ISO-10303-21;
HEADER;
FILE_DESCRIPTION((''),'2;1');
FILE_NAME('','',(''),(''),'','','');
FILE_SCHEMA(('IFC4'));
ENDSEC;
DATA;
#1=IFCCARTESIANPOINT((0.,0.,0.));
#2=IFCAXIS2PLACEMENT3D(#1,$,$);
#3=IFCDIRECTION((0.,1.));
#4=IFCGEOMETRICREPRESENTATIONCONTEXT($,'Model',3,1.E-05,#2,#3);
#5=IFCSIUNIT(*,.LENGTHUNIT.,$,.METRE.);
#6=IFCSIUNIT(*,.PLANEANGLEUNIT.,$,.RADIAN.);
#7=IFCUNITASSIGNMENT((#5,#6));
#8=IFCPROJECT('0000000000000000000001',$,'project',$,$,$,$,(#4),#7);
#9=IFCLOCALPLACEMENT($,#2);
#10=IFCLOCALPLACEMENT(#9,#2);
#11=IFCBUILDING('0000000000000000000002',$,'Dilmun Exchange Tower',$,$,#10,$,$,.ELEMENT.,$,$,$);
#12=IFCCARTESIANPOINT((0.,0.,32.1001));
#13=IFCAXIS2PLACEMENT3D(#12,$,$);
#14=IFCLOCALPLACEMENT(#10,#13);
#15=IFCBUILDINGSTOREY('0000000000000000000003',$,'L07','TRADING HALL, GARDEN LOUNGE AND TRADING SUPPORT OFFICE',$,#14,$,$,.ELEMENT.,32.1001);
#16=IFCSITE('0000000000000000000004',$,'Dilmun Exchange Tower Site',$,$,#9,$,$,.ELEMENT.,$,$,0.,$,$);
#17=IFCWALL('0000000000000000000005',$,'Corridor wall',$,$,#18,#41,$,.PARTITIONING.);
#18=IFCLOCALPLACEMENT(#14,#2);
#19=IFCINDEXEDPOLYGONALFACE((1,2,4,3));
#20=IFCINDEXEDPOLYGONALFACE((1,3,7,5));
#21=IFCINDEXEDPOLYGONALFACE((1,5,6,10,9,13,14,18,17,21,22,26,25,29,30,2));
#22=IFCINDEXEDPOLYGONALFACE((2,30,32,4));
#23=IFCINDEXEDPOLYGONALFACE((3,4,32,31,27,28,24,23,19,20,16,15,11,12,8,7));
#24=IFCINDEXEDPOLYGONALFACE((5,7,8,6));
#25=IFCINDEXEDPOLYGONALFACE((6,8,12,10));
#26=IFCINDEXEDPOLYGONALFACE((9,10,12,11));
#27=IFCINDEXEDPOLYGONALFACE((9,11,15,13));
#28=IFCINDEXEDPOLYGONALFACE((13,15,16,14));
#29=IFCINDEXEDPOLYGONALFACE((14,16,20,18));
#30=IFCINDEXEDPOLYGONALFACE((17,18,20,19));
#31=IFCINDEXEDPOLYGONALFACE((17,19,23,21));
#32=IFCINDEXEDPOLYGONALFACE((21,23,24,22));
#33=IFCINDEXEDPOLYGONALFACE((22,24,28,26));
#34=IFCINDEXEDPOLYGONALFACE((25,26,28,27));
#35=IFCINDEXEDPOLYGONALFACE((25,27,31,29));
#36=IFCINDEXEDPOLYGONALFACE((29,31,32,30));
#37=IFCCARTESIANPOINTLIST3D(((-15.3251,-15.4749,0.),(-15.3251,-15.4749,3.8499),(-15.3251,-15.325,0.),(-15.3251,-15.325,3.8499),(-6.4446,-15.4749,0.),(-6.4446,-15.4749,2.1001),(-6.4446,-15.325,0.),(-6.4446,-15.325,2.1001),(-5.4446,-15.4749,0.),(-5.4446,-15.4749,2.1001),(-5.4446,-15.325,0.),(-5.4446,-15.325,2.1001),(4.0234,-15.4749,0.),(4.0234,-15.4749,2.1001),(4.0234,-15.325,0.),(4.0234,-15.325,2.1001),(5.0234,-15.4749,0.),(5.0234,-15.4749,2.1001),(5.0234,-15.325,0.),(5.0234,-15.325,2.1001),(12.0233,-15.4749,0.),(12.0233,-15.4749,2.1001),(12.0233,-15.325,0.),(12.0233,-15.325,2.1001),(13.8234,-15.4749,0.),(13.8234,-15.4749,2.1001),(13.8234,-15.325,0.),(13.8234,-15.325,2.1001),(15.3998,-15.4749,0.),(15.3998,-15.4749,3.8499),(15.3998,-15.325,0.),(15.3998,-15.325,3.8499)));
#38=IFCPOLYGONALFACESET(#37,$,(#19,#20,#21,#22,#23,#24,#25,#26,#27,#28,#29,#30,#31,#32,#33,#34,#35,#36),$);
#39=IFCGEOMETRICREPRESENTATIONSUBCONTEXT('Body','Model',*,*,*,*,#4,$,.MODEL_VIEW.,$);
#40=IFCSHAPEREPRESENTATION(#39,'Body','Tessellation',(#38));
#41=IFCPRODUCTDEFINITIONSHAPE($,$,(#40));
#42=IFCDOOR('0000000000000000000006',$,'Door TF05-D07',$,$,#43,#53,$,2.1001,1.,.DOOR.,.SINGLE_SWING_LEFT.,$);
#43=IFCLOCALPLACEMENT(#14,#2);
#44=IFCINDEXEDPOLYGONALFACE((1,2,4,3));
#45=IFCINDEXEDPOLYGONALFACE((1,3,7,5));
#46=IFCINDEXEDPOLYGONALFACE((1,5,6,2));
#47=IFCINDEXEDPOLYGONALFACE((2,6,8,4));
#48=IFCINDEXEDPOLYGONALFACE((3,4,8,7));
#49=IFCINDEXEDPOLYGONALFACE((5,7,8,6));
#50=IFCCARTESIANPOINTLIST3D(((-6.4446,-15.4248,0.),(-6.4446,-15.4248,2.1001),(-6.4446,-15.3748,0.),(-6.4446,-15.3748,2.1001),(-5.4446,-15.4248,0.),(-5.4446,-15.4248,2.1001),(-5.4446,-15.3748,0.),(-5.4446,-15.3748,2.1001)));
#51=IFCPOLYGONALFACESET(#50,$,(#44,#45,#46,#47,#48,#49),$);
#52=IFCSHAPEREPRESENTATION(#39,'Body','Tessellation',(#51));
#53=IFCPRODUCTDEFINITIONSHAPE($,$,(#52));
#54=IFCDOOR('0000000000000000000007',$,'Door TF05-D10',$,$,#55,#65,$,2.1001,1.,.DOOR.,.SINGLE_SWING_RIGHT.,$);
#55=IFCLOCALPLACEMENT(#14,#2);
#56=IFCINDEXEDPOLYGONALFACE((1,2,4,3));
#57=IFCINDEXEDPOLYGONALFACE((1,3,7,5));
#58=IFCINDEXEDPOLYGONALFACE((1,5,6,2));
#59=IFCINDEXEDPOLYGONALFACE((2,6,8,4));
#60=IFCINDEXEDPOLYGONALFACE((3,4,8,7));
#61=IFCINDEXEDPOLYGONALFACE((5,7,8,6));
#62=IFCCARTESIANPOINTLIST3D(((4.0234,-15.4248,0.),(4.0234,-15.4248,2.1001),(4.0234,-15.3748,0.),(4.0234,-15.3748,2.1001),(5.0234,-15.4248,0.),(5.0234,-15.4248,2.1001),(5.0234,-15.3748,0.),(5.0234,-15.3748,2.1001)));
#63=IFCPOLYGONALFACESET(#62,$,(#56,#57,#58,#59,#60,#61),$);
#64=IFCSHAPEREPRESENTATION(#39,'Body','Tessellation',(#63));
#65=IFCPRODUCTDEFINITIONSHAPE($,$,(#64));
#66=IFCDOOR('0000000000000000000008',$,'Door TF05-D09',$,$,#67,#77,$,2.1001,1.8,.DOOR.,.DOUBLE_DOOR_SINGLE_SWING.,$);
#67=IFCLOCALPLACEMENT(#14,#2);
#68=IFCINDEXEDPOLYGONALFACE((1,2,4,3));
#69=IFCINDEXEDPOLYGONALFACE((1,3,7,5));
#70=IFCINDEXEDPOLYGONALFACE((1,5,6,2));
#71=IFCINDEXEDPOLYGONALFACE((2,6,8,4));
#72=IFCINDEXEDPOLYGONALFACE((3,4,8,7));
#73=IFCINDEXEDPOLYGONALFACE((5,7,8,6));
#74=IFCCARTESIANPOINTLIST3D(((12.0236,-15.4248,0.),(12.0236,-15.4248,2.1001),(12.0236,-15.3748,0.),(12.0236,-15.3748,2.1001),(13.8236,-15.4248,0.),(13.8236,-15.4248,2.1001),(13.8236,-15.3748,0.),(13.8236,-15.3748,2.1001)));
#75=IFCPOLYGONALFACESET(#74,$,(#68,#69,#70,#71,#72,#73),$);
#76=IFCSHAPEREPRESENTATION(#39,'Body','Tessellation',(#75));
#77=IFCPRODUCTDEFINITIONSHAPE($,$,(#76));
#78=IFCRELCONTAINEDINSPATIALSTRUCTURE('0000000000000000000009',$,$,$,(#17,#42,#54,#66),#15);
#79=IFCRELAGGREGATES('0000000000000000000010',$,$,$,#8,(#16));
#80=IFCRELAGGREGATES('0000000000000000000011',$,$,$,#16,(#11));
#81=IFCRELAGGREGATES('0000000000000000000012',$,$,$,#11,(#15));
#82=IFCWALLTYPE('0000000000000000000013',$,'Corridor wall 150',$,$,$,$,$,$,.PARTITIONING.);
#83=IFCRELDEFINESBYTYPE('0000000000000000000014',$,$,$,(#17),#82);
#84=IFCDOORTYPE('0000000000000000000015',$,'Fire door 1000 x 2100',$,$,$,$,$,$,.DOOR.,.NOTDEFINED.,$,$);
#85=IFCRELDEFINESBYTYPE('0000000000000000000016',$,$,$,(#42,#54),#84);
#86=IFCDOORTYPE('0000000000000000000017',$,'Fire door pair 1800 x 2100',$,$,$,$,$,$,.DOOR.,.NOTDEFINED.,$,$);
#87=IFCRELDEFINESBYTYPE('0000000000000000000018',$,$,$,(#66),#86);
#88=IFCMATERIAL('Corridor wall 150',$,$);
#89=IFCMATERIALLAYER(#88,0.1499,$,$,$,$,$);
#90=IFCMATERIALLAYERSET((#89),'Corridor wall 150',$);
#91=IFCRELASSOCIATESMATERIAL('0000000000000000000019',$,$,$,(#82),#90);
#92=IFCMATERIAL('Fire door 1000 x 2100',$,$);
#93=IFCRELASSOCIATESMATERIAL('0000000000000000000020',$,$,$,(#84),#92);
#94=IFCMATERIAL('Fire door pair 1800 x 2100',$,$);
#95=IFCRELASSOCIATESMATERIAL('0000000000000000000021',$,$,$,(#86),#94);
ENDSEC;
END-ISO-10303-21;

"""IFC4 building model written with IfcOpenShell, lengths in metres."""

from ifc_helpers import new_model, si_unit, direction, frame, frame_2d, origin, place, context, subcontext, project, spatial, rectangle, extrude, material, layer, layer_set, type_object, element, fill, save


model = new_model("IFC4")

# Units and contexts
model_context = context("Model", 3, precision=1e-05, world=origin(), true_north=direction((0.0, 1.0)))
body_context = subcontext(model_context, "Body", "Model", "MODEL_VIEW")
ifc_project = project(units=[si_unit("LENGTHUNIT", "METRE"), si_unit("PLANEANGLEUNIT", "RADIAN")], contexts=[model_context])

# Site, building, storey
site_placement = place(None, origin())
site = spatial("IfcSite", under=ifc_project, at=site_placement, Name="Dilmun Exchange Tower Site", CompositionType="ELEMENT", RefElevation=0.0)
building_placement = place(site_placement, origin())
building = spatial("IfcBuilding", under=site, at=building_placement, Name="Dilmun Exchange Tower", CompositionType="ELEMENT")
storey_placement = place(building_placement, frame((0.0, 0.0, 32.1001)))
storey = spatial("IfcBuildingStorey", under=building, at=storey_placement, Name="L07", Description="TRADING HALL, GARDEN LOUNGE AND TRADING SUPPORT OFFICE", CompositionType="ELEMENT", Elevation=32.1001)

# Wall, openings, doors
ifc_material_1 = material(Name="Corridor wall 150")
ifc_layer_1 = layer(ifc_material_1, 0.1499)
ifc_layer_set_1 = layer_set([ifc_layer_1], Name="Corridor wall 150")
wall_type_1 = type_object("IfcWallType", Name="Corridor wall 150", PredefinedType="PARTITIONING", material=ifc_layer_set_1)
ifc_material_2 = material(Name="Fire door 1000 x 2100")
door_type_1 = type_object("IfcDoorType", Name="Fire door 1000 x 2100", OperationType="NOTDEFINED", PredefinedType="DOOR", material=ifc_material_2)
ifc_material_3 = material(Name="Fire door pair 1800 x 2100")
door_type_2 = type_object("IfcDoorType", Name="Fire door pair 1800 x 2100", OperationType="NOTDEFINED", PredefinedType="DOOR", material=ifc_material_3)
wall_1_placement = place(storey_placement, frame((-15.325, -15.3999, 0.0), z_axis=(0.0, 0.0, 1.0), x_axis=(1.0, 0.0, 0.0)))
wall_1 = element("IfcWall", 1, at=wall_1_placement, inside=storey, type_object=wall_type_1, Name="Corridor wall", PredefinedType="PARTITIONING", context=body_context, shape_type="SweptSolid", body=[
    extrude(rectangle(XDim=30.7249, YDim=0.1499, at=frame_2d((15.3623, 0.0))), origin(), (0.0, 0.0, 1.0), 3.8499),
])
opening_1_placement = place(wall_1_placement, frame((8.8804, 0.0, 0.0)))
opening_1 = element("IfcOpeningElement", 2, at=opening_1_placement, cuts=wall_1, PredefinedType="OPENING", context=body_context, shape_type="SweptSolid", body=[
    extrude(rectangle(XDim=1.0, YDim=2.1001, at=frame_2d((0.5, 1.05))), frame((0.0, 0.085, 0.0), z_axis=(0.0, -1.0, 0.0), x_axis=(1.0, 0.0, 0.0)), (0.0, 0.0, 1.0), 0.1699),
])
opening_2_placement = place(wall_1_placement, frame((27.3484, 0.0, 0.0)))
opening_2 = element("IfcOpeningElement", 3, at=opening_2_placement, cuts=wall_1, PredefinedType="OPENING", context=body_context, shape_type="SweptSolid", body=[
    extrude(rectangle(XDim=1.8, YDim=2.1001, at=frame_2d((0.8999, 1.05))), frame((0.0, 0.085, 0.0), z_axis=(0.0, -1.0, 0.0), x_axis=(1.0, 0.0, 0.0)), (0.0, 0.0, 1.0), 0.1699),
])
opening_3_placement = place(wall_1_placement, frame((19.3484, 0.0, 0.0)))
opening_3 = element("IfcOpeningElement", 4, at=opening_3_placement, cuts=wall_1, PredefinedType="OPENING", context=body_context, shape_type="SweptSolid", body=[
    extrude(rectangle(XDim=1.0, YDim=2.1001, at=frame_2d((0.5, 1.05))), frame((0.0, 0.085, 0.0), z_axis=(0.0, -1.0, 0.0), x_axis=(1.0, 0.0, 0.0)), (0.0, 0.0, 1.0), 0.1699),
])
door_1_placement = place(opening_1_placement, frame((1.0, 0.0, 0.0), z_axis=(0.0, 0.0, 1.0), x_axis=(-1.0, 0.0, 0.0)))
door_1 = element("IfcDoor", 5, at=door_1_placement, inside=storey, type_object=door_type_1, Name="Door TF05-D07", OperationType="SINGLE_SWING_LEFT", OverallHeight=2.1001, OverallWidth=1.0, PredefinedType="DOOR", context=body_context, shape_type="SweptSolid", body=[
    extrude(rectangle(XDim=1.0, YDim=2.1001, at=frame_2d((0.5, 1.05))), frame((0.0, 0.0249, 0.0), z_axis=(0.0, -1.0, 0.0), x_axis=(1.0, 0.0, 0.0)), (0.0, 0.0, 1.0), 0.05),
])
fill(opening_1, door_1)
door_2_placement = place(opening_3_placement, frame((1.0, 0.0, 0.0), z_axis=(0.0, 0.0, 1.0), x_axis=(-1.0, 0.0, 0.0)))
door_2 = element("IfcDoor", 6, at=door_2_placement, inside=storey, type_object=door_type_1, Name="Door TF05-D10", OperationType="SINGLE_SWING_RIGHT", OverallHeight=2.1001, OverallWidth=1.0, PredefinedType="DOOR", context=body_context, shape_type="SweptSolid", body=[
    extrude(rectangle(XDim=1.0, YDim=2.1001, at=frame_2d((0.5, 1.05))), frame((0.0, 0.0249, 0.0), z_axis=(0.0, -1.0, 0.0), x_axis=(1.0, 0.0, 0.0)), (0.0, 0.0, 1.0), 0.05),
])
fill(opening_3, door_2)
door_3_placement = place(opening_2_placement, frame((1.8, 0.0, 0.0), z_axis=(0.0, 0.0, 1.0), x_axis=(-1.0, 0.0, 0.0)))
door_3 = element("IfcDoor", 7, at=door_3_placement, inside=storey, type_object=door_type_2, Name="Door TF05-D09", OperationType="DOUBLE_DOOR_SINGLE_SWING", OverallHeight=2.1001, OverallWidth=1.8, PredefinedType="DOOR", context=body_context, shape_type="SweptSolid", body=[
    extrude(rectangle(XDim=1.8, YDim=2.1001, at=frame_2d((0.8999, 1.05))), frame((0.0, 0.0249, 0.0), z_axis=(0.0, -1.0, 0.0), x_axis=(1.0, 0.0, 0.0)), (0.0, 0.0, 1.0), 0.05),
])
fill(opening_2, door_3)

save(model, "model.ifc")
